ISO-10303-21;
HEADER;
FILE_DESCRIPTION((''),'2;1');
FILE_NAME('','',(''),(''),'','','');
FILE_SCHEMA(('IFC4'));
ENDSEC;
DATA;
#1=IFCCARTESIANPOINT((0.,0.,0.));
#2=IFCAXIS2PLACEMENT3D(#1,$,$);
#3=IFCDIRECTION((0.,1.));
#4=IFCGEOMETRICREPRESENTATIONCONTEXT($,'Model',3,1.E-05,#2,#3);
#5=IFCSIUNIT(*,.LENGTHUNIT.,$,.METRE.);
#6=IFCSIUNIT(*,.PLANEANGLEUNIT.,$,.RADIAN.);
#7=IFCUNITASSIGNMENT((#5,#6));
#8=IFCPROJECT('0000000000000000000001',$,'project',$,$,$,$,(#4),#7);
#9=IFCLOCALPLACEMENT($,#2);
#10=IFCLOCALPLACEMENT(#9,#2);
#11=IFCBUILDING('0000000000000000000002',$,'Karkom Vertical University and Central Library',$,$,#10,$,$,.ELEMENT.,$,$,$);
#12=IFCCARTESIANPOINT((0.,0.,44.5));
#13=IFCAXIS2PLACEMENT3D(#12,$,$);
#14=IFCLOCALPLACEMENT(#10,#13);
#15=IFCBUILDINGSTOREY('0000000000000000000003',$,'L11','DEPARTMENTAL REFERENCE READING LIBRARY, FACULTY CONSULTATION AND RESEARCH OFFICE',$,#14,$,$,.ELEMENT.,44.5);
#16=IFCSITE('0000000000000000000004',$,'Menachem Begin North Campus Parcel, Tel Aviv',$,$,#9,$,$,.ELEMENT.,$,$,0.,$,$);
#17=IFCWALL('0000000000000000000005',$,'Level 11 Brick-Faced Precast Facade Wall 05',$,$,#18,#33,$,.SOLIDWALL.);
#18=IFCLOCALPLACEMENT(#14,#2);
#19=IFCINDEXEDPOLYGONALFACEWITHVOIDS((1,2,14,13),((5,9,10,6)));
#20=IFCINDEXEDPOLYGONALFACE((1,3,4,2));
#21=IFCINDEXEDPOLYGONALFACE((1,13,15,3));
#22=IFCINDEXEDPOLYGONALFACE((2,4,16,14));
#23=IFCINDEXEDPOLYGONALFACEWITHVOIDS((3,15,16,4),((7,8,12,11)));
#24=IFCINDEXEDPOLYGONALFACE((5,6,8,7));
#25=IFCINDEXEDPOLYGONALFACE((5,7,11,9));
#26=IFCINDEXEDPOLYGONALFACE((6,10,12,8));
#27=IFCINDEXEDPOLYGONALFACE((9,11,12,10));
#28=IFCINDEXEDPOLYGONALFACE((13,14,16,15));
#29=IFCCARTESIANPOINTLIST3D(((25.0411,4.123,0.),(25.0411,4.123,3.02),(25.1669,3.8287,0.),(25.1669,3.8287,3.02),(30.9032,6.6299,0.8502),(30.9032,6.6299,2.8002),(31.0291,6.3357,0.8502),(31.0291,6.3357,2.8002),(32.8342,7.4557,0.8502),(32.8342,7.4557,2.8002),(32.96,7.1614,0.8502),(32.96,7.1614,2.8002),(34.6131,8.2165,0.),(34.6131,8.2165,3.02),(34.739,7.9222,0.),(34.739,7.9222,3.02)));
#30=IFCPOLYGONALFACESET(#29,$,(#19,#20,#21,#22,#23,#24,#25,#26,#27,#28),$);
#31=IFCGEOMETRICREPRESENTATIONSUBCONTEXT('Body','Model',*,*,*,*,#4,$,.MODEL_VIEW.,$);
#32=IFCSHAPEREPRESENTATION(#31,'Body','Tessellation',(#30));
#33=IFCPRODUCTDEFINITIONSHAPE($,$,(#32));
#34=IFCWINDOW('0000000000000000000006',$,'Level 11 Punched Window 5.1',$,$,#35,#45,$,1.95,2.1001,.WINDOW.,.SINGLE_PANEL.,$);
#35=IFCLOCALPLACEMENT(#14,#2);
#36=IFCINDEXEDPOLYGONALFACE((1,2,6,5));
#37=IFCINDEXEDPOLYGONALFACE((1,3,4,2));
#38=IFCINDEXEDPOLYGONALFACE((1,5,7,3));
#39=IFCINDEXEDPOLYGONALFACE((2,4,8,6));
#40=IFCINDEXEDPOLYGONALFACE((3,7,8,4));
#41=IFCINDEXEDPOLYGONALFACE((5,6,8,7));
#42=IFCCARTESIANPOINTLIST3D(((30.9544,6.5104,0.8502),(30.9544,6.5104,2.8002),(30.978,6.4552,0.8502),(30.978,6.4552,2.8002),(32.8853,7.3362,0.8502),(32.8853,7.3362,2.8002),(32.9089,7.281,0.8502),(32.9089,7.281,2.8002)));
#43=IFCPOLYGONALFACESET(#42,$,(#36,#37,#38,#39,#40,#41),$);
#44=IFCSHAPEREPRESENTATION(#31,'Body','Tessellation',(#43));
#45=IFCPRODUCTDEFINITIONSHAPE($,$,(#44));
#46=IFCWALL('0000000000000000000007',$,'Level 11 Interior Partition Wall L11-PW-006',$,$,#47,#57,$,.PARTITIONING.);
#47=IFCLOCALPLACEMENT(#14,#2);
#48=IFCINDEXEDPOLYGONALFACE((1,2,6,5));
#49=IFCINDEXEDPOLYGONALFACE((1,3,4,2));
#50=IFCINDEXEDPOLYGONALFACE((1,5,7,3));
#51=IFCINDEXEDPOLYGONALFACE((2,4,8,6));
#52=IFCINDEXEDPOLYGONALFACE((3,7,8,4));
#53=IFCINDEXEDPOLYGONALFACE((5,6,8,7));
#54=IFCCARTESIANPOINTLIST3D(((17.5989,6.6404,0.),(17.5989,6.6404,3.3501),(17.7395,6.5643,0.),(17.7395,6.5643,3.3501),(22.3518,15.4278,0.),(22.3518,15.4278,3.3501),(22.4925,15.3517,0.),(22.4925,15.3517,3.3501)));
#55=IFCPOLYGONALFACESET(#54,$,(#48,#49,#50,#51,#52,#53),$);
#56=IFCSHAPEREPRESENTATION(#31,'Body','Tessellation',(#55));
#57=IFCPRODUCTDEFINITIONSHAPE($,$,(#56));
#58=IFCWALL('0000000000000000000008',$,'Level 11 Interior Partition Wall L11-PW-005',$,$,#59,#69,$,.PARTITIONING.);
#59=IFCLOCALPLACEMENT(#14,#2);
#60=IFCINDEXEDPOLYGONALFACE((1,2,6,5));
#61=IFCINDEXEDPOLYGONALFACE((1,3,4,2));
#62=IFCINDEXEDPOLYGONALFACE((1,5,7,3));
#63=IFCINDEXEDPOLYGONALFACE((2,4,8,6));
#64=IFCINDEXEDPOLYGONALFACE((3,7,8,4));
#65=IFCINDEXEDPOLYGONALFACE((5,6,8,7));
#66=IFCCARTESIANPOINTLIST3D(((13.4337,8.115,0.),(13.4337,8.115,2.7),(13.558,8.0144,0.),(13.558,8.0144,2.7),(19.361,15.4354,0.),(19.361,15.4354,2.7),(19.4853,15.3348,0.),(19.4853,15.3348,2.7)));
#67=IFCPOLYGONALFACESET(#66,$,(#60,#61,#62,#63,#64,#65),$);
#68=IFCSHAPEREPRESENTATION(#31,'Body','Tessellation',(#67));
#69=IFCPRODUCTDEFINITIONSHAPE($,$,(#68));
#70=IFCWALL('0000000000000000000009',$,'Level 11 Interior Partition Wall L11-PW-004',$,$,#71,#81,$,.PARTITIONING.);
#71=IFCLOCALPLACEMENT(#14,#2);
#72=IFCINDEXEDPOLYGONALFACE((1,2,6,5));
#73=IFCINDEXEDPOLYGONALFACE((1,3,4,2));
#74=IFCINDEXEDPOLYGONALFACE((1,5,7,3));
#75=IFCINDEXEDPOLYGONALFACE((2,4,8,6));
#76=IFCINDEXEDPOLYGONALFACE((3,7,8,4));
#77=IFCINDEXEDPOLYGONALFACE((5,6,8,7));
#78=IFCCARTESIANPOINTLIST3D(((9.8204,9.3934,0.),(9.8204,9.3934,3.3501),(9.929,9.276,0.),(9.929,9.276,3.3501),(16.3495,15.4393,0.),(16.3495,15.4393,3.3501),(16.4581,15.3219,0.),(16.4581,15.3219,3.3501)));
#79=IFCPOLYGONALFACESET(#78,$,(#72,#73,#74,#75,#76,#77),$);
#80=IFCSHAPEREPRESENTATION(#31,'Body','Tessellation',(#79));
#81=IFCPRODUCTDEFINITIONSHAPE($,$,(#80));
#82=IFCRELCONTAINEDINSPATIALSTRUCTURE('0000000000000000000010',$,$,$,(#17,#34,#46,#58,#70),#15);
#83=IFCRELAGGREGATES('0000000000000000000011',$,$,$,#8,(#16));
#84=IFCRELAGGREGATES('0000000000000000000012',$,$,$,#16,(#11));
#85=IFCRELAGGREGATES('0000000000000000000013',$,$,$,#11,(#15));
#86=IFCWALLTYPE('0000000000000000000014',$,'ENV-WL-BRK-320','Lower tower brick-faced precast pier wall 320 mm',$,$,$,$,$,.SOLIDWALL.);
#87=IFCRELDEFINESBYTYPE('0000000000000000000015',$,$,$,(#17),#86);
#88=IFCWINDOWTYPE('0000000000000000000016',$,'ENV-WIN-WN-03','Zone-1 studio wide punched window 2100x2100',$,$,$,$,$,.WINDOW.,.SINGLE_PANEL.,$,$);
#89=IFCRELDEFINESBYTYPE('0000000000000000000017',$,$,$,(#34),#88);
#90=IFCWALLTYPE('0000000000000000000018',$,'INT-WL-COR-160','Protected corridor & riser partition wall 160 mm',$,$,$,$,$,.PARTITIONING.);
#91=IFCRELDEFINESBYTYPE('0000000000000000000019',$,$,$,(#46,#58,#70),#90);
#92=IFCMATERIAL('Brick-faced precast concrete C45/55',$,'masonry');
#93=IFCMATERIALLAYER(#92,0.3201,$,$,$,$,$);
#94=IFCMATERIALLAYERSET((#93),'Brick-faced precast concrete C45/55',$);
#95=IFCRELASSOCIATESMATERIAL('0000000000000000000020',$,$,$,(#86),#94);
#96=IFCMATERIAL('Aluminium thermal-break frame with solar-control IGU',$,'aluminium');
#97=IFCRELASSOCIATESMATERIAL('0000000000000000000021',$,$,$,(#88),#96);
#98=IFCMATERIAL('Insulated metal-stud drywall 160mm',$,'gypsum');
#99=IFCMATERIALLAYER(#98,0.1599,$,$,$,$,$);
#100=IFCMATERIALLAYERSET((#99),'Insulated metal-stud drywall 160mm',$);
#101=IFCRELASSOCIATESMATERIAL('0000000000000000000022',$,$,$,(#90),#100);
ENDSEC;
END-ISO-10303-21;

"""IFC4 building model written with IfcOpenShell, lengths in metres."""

from ifc_helpers import new_model, si_unit, direction, frame, frame_2d, origin, origin_with_axes, place, context, subcontext, project, spatial, rectangle, extrude, source, transform, mapped, material, layer, layer_set, type_object, element, fill, save


model = new_model("IFC4")

# Units and contexts
model_context = context("Model", 3, precision=1e-05, world=origin(), true_north=direction((0.0, 1.0)))
body_context = subcontext(model_context, "Body", "Model", "MODEL_VIEW")
ifc_project = project(units=[si_unit("LENGTHUNIT", "METRE"), si_unit("PLANEANGLEUNIT", "RADIAN")], contexts=[model_context])

# Site, building, storey
site_placement = place(None, origin())
site = spatial("IfcSite", under=ifc_project, at=site_placement, Name="Menachem Begin North Campus Parcel, Tel Aviv", CompositionType="ELEMENT", RefElevation=0.0)
building_placement = place(site_placement, origin())
building = spatial("IfcBuilding", under=site, at=building_placement, Name="Karkom Vertical University and Central Library", CompositionType="ELEMENT")
storey_placement = place(building_placement, frame((0.0, 0.0, 44.5)))
storey = spatial("IfcBuildingStorey", under=building, at=storey_placement, Name="L11", Description="DEPARTMENTAL REFERENCE READING LIBRARY, FACULTY CONSULTATION AND RESEARCH OFFICE", CompositionType="ELEMENT", Elevation=44.5)

# Wall, opening, window
ifc_material_1 = material(Name="Brick-faced precast concrete C45/55", Category="masonry")
ifc_layer_1 = layer(ifc_material_1, 0.3201)
ifc_layer_set_1 = layer_set([ifc_layer_1], Name="Brick-faced precast concrete C45/55")
wall_type_1 = type_object("IfcWallType", Name="ENV-WL-BRK-320", Description="Lower tower brick-faced precast pier wall 320 mm", PredefinedType="SOLIDWALL", material=ifc_layer_set_1)
wall_1_placement = place(storey_placement, frame((25.104, 3.9758, 0.0), z_axis=(0.0, 0.0, 1.0), x_axis=(0.91945, 0.393206, 0.0)))
wall_1 = element("IfcWall", 1, at=wall_1_placement, inside=storey, type_object=wall_type_1, Name="Level 11 Brick-Faced Precast Facade Wall 05", PredefinedType="SOLIDWALL", context=body_context, shape_type="SweptSolid", body=[
    extrude(rectangle(XDim=10.4106, YDim=0.3201, at=frame_2d((5.2053, 0.0))), origin(), (0.0, 0.0, 1.0), 3.02),
])
opening_placement = place(wall_1_placement, frame((6.3757, 0.0, 0.8501)))
opening = element("IfcOpeningElement", 2, at=opening_placement, cuts=wall_1, PredefinedType="OPENING", context=body_context, shape_type="SweptSolid", body=[
    extrude(rectangle(XDim=2.1001, YDim=1.95, at=frame_2d((1.05, 0.9751))), frame((0.0, 0.1699, 0.0), z_axis=(0.0, -1.0, 0.0), x_axis=(1.0, 0.0, 0.0)), (0.0, 0.0, 1.0), 0.3401),
])
ifc_material_2 = material(Name="Aluminium thermal-break frame with solar-control IGU", Category="aluminium")
window_type = type_object("IfcWindowType", Name="ENV-WIN-WN-03", Description="Zone-1 studio wide punched window 2100x2100", PartitioningType="SINGLE_PANEL", PredefinedType="WINDOW", material=ifc_material_2)
shared_shape_1 = source(origin_with_axes(), body_context, "Body", "SweptSolid", [
    extrude(rectangle(XDim=2.1001, YDim=1.95, at=frame_2d((1.05, 0.9751))), frame((0.0, 0.03, 0.0), z_axis=(0.0, -1.0, 0.0), x_axis=(1.0, 0.0, 0.0)), (0.0, 0.0, 1.0), 0.0601),
])
window_placement = place(opening_placement, origin())
window = element("IfcWindow", 3, at=window_placement, inside=storey, type_object=window_type, Name="Level 11 Punched Window 5.1", OverallHeight=1.95, OverallWidth=2.1001, PartitioningType="SINGLE_PANEL", PredefinedType="WINDOW", context=body_context, shape_type="MappedRepresentation", body=[
    mapped(shared_shape_1, transform((0.0, 0.0, 0.0), scale=1.0)),
])
fill(opening, window)

# Walls
ifc_material_3 = material(Name="Insulated metal-stud drywall 160mm", Category="gypsum")
ifc_layer_2 = layer(ifc_material_3, 0.1599)
ifc_layer_set_2 = layer_set([ifc_layer_2], Name="Insulated metal-stud drywall 160mm")
wall_type_2 = type_object("IfcWallType", Name="INT-WL-COR-160", Description="Protected corridor & riser partition wall 160 mm", PredefinedType="PARTITIONING", material=ifc_layer_set_2)
wall_2_placement = place(storey_placement, frame((22.4221, 15.3896, 0.0), z_axis=(0.0, 0.0, 1.0), x_axis=(-0.47575, -0.87958, 0.0)))
element("IfcWall", 4, at=wall_2_placement, inside=storey, type_object=wall_type_2, Name="Level 11 Interior Partition Wall L11-PW-006", PredefinedType="PARTITIONING", context=body_context, shape_type="SweptSolid", body=[
    extrude(rectangle(XDim=9.9905, YDim=0.1599, at=frame_2d((4.9951, 0.0))), origin(), (0.0, 0.0, 1.0), 3.3501),
])
wall_3_placement = place(storey_placement, frame((19.4231, 15.385, 0.0), z_axis=(0.0, 0.0, 1.0), x_axis=(-0.62928, -0.777178, 0.0)))
element("IfcWall", 5, at=wall_3_placement, inside=storey, type_object=wall_type_2, Name="Level 11 Interior Partition Wall L11-PW-005", PredefinedType="PARTITIONING", context=body_context, shape_type="SweptSolid", body=[
    extrude(rectangle(XDim=9.4192, YDim=0.1599, at=frame_2d((4.7095, 0.0))), origin(), (0.0, 0.0, 1.0), 2.7),
])
wall_4_placement = place(storey_placement, frame((16.4038, 15.3806, 0.0), z_axis=(0.0, 0.0, 1.0), x_axis=(-0.733734, -0.679437, 0.0)))
element("IfcWall", 6, at=wall_4_placement, inside=storey, type_object=wall_type_2, Name="Level 11 Interior Partition Wall L11-PW-004", PredefinedType="PARTITIONING", context=body_context, shape_type="SweptSolid", body=[
    extrude(rectangle(XDim=8.8984, YDim=0.1599, at=frame_2d((4.4492, 0.0))), origin(), (0.0, 0.0, 1.0), 3.3501),
])

save(model, "model.ifc")
